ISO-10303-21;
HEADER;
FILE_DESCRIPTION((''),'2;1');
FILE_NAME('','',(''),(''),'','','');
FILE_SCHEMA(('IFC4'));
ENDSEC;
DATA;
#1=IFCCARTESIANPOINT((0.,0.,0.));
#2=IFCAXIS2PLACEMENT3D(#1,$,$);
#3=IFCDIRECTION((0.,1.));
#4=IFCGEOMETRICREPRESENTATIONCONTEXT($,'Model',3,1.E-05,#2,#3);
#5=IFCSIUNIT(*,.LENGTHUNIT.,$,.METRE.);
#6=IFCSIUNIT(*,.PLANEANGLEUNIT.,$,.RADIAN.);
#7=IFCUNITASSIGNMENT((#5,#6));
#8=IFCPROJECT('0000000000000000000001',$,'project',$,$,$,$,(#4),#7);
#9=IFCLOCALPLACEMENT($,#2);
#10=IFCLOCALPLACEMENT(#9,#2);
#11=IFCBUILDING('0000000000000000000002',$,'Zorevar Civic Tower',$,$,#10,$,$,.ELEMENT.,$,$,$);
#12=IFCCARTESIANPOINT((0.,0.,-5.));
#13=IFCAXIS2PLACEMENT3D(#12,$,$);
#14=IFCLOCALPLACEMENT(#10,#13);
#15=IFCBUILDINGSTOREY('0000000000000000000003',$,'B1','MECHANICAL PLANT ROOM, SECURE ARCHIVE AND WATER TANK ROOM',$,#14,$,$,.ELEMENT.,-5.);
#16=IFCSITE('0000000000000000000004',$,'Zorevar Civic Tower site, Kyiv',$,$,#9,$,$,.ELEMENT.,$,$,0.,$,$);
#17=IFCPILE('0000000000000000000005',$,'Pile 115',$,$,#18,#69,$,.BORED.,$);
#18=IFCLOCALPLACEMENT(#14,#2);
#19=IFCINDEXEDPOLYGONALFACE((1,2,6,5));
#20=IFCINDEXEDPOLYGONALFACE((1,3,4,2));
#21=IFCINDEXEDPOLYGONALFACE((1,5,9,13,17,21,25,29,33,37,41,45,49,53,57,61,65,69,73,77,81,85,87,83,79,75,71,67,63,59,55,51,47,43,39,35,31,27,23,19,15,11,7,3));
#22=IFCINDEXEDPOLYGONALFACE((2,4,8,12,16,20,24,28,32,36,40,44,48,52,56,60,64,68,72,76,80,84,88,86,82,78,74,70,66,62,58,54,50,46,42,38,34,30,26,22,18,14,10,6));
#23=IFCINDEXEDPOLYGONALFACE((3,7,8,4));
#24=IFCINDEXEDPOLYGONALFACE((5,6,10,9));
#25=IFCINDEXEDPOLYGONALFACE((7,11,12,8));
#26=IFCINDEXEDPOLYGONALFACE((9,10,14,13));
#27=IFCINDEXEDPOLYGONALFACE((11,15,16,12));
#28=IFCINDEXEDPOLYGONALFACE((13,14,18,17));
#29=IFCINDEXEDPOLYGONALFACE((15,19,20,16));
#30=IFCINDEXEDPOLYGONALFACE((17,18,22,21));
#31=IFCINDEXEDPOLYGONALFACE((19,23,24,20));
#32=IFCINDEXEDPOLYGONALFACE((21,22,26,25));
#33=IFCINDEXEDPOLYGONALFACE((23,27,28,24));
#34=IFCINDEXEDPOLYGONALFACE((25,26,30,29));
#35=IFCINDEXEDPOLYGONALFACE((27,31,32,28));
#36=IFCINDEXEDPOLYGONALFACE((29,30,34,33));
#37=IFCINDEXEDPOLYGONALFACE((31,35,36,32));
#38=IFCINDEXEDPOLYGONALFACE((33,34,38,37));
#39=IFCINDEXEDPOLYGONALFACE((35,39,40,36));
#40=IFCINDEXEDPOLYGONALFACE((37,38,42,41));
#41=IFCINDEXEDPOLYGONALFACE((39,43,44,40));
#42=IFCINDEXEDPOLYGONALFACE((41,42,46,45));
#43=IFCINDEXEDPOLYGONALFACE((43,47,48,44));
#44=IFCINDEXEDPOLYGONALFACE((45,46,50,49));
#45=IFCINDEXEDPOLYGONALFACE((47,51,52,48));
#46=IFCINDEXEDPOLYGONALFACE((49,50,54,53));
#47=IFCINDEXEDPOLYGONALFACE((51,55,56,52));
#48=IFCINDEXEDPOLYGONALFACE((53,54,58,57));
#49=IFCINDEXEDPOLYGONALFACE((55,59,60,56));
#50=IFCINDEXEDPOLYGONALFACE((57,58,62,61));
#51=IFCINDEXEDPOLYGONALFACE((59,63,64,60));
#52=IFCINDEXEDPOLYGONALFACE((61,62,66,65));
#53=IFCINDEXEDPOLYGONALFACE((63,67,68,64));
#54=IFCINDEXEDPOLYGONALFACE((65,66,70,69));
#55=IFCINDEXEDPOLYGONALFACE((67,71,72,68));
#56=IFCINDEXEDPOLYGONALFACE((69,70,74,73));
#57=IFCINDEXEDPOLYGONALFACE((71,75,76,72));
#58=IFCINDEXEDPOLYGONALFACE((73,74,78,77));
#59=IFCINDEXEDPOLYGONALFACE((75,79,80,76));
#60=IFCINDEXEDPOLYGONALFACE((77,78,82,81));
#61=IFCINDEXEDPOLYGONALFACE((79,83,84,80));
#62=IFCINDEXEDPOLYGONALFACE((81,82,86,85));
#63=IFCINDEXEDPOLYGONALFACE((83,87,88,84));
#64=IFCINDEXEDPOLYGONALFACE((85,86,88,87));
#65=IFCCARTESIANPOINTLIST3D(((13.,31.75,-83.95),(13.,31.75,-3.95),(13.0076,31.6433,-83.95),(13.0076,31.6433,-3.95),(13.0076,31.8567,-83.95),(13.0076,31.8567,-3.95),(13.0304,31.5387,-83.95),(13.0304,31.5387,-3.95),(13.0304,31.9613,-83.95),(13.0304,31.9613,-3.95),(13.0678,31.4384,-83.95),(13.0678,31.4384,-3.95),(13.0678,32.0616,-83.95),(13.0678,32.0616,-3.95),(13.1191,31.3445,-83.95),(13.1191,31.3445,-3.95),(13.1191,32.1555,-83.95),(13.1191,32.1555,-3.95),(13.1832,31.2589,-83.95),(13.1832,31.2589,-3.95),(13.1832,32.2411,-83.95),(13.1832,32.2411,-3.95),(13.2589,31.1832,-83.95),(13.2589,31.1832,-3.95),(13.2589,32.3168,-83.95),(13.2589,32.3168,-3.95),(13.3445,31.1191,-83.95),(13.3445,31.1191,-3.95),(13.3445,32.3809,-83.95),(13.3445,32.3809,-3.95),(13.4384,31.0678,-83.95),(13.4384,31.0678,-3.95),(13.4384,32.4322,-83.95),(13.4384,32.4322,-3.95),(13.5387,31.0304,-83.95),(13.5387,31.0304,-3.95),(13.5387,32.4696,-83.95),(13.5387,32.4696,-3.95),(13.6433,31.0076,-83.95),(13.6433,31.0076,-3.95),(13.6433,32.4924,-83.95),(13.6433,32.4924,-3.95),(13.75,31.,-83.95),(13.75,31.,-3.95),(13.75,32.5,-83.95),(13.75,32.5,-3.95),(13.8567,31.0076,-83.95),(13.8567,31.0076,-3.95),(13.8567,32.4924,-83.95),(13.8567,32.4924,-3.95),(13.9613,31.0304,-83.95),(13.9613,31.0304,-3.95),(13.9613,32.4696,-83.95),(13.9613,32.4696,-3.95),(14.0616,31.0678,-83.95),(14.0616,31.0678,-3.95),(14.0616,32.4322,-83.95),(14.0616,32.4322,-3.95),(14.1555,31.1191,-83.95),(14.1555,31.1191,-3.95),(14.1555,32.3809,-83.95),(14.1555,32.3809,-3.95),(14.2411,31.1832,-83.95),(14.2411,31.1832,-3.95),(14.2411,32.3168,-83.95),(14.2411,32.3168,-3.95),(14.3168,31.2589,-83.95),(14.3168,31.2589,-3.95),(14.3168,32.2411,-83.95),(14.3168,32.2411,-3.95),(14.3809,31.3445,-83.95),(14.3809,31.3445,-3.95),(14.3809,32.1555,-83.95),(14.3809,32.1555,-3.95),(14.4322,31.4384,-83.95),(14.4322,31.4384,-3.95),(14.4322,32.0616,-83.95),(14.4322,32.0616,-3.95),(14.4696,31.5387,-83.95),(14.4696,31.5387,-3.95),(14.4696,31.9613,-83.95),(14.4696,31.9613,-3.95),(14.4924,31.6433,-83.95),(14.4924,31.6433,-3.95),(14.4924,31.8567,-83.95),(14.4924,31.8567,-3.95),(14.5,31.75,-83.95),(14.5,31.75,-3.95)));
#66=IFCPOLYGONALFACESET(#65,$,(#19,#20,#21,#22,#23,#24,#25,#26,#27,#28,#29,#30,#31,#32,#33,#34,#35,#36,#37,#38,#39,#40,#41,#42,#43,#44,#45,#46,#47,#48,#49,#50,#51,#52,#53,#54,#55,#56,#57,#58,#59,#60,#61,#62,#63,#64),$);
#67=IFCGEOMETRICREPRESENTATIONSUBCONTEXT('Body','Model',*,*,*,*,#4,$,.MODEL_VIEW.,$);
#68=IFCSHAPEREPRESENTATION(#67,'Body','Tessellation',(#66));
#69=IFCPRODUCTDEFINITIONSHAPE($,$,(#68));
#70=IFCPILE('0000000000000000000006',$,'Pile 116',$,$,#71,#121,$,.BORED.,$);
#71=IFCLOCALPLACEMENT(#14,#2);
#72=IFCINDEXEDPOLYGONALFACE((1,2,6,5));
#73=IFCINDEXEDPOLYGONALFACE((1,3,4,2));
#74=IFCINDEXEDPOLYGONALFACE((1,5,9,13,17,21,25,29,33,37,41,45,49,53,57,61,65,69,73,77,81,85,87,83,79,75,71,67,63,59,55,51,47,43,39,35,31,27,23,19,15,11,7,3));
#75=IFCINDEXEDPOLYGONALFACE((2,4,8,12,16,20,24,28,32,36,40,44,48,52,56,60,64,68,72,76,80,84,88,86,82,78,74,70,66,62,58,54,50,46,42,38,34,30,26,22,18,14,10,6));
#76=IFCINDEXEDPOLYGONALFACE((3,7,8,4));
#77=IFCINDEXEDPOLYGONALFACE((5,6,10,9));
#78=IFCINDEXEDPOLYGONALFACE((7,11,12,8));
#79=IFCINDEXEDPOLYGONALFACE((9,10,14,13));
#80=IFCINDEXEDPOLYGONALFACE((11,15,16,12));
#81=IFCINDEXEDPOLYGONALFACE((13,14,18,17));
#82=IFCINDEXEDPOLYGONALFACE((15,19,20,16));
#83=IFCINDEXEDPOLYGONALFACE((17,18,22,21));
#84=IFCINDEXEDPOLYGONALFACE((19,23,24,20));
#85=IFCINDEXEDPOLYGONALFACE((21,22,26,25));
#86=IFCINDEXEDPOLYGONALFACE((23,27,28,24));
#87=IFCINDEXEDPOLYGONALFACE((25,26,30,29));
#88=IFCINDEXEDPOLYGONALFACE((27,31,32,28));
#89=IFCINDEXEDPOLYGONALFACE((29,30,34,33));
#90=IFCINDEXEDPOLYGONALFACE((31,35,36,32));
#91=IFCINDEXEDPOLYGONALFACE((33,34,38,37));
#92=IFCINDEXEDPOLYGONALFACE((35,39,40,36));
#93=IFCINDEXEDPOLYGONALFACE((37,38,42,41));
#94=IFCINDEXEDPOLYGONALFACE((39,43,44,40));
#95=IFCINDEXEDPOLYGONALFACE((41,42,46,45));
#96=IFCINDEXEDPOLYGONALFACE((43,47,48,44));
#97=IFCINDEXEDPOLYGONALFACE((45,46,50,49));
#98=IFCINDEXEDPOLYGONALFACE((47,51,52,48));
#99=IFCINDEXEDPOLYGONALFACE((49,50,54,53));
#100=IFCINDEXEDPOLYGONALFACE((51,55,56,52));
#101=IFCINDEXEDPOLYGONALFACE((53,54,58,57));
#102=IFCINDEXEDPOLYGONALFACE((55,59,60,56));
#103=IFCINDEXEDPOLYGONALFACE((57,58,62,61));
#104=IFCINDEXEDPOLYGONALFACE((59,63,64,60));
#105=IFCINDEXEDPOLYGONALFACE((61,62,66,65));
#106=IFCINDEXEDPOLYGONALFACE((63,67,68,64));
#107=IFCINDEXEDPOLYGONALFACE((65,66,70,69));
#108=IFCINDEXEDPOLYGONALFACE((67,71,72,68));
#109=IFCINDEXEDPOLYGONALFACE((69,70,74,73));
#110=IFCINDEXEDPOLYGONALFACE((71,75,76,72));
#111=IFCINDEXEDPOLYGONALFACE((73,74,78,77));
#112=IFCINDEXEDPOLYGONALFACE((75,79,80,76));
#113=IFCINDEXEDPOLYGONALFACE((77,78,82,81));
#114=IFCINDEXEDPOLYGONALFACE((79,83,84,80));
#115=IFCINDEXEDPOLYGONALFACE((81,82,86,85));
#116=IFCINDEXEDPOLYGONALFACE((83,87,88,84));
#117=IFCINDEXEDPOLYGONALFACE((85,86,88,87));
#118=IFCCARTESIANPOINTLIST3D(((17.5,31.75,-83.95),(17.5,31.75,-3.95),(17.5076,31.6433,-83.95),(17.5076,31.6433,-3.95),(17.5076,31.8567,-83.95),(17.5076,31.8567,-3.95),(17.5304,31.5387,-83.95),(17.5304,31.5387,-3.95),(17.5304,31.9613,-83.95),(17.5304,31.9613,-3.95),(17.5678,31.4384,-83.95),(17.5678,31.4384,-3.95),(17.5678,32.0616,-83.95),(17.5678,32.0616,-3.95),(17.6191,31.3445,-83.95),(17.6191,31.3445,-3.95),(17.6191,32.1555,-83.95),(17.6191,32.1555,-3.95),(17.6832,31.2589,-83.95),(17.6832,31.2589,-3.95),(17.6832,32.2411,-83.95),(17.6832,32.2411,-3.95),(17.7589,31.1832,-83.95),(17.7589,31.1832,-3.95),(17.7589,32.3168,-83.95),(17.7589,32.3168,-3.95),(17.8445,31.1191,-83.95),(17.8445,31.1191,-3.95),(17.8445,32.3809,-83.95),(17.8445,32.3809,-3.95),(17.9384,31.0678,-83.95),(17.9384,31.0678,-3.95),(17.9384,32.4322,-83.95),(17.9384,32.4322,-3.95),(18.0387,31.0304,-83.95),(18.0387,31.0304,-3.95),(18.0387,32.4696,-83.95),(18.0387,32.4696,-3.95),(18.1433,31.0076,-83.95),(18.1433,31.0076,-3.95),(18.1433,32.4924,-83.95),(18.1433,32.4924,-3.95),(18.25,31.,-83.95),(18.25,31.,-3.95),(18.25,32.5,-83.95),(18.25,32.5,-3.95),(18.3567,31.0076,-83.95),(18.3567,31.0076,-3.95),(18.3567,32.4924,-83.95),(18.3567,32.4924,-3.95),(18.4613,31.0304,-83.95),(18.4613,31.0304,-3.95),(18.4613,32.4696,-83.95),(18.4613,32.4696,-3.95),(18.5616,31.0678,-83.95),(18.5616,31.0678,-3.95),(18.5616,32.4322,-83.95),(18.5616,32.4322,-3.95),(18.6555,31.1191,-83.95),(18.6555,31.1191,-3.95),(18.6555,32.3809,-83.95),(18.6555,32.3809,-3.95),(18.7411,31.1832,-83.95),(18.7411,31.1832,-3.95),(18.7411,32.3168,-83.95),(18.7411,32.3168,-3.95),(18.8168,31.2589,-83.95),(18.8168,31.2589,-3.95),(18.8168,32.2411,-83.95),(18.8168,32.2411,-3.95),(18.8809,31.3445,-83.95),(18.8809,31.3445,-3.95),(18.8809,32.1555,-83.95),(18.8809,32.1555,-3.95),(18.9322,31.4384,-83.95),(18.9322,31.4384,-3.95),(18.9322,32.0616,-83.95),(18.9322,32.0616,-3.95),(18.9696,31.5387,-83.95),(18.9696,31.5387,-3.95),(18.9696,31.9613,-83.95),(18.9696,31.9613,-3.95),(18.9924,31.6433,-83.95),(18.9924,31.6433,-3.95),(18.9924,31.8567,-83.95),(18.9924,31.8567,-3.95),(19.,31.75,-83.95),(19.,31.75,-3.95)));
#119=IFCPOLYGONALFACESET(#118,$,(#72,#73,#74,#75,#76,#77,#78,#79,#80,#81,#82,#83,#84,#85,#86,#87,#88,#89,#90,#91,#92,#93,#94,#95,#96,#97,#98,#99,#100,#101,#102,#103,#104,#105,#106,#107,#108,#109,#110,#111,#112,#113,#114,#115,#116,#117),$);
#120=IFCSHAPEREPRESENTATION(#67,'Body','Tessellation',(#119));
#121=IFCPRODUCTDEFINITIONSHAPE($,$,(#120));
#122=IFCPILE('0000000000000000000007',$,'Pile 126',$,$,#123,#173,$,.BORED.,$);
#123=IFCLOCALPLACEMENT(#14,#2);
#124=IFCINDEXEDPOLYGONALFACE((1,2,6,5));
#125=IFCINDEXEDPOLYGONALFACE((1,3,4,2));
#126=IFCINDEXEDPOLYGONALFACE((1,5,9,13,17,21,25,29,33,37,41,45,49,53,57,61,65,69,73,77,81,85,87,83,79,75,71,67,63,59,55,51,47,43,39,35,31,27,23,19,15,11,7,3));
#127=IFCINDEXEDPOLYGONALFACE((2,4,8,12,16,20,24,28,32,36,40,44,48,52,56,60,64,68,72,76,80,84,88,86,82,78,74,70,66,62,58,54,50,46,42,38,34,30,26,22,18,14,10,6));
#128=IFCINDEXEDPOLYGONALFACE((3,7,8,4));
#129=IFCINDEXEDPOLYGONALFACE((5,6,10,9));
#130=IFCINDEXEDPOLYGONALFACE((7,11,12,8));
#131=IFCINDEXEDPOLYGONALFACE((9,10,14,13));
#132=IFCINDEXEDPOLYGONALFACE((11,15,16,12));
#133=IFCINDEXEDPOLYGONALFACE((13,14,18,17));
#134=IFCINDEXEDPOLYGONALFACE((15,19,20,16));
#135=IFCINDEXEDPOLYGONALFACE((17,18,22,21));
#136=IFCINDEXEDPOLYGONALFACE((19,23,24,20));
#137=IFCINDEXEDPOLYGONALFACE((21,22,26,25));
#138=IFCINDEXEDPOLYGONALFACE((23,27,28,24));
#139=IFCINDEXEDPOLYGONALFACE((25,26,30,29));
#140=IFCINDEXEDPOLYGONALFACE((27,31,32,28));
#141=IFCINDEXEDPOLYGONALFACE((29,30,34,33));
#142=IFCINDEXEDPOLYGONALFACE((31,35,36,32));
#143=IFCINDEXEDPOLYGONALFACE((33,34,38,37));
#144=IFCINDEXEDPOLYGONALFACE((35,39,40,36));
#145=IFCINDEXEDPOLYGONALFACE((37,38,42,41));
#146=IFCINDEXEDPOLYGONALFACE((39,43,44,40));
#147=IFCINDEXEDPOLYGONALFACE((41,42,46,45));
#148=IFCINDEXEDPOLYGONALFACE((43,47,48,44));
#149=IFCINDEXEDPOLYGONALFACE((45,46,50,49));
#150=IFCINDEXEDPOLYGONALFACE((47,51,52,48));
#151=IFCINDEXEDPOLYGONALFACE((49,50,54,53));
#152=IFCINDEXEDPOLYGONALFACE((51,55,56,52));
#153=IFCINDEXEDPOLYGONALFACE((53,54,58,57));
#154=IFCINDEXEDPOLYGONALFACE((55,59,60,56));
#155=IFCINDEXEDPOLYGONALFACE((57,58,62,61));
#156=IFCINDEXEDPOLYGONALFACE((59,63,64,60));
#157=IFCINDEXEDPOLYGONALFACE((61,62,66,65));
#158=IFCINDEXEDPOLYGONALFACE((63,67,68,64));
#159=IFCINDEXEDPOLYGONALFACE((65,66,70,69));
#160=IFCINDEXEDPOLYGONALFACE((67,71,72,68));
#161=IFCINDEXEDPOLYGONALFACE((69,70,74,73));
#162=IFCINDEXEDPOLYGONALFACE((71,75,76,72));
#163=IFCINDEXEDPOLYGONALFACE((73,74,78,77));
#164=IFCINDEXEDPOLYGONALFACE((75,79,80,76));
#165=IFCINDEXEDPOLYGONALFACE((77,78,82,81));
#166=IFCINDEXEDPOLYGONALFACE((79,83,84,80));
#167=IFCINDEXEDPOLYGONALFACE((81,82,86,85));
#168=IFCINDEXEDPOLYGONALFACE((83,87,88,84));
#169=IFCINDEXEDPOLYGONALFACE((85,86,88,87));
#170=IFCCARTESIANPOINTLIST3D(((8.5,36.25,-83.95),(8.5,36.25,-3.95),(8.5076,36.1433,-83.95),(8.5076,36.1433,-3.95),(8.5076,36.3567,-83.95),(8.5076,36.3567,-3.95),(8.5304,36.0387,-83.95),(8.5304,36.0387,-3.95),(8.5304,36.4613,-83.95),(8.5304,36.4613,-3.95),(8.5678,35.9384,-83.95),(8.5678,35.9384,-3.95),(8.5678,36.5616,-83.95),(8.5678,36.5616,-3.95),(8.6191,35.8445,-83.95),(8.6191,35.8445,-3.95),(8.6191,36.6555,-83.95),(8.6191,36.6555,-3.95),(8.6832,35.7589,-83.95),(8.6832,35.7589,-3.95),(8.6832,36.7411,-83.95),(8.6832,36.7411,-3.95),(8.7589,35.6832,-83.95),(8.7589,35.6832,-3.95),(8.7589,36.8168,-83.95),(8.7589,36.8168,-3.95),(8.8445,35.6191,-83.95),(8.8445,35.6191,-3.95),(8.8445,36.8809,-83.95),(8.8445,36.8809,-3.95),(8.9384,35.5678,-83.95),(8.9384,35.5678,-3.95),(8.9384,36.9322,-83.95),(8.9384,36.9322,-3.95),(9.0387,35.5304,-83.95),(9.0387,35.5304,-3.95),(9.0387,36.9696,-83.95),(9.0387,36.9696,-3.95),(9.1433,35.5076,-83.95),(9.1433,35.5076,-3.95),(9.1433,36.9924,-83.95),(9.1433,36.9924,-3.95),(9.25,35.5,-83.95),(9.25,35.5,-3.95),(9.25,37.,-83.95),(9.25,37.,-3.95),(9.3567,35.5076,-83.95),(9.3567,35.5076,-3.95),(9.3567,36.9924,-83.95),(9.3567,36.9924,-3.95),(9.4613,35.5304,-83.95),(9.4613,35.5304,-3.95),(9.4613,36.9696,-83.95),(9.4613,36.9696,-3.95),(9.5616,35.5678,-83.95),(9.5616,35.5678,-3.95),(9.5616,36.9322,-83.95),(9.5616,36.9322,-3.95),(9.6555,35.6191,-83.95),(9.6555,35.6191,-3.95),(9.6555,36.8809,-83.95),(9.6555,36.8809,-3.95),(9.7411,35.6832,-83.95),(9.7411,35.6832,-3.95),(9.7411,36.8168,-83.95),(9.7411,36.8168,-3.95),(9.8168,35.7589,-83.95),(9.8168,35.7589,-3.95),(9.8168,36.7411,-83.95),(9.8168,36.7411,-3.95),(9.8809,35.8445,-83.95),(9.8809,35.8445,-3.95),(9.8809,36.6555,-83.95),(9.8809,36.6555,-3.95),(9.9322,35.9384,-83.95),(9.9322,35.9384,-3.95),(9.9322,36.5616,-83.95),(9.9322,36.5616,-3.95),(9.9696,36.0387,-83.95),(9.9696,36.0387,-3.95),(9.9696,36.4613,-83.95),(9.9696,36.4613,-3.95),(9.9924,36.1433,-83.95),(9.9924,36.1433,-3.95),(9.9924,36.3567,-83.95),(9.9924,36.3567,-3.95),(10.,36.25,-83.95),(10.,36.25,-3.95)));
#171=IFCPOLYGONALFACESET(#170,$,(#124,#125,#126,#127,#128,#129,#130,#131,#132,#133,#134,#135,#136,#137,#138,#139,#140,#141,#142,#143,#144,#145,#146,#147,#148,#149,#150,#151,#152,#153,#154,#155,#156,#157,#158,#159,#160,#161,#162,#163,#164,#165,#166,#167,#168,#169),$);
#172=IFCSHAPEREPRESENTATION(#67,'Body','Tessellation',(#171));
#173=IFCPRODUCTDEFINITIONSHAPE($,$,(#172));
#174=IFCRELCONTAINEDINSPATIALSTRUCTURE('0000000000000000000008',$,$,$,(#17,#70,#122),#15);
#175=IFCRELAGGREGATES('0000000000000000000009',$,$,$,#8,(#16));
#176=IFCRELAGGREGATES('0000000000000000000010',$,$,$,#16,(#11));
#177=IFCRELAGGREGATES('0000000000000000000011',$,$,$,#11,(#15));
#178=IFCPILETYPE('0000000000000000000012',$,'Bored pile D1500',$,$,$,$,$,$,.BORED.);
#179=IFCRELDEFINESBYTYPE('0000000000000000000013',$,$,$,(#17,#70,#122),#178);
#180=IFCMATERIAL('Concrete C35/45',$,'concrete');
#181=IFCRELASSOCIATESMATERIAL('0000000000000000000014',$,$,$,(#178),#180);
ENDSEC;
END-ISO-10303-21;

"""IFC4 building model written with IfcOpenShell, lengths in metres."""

from ifc_helpers import new_model, si_unit, direction, frame, origin, origin_2d, place, context, subcontext, project, spatial, circle, extrude, material, type_object, element, save


model = new_model("IFC4")

# Units and contexts
model_context = context("Model", 3, precision=1e-05, world=origin(), true_north=direction((0.0, 1.0)))
body_context = subcontext(model_context, "Body", "Model", "MODEL_VIEW")
ifc_project = project(units=[si_unit("LENGTHUNIT", "METRE"), si_unit("PLANEANGLEUNIT", "RADIAN")], contexts=[model_context])

# Site, building, storey
site_placement = place(None, origin())
site = spatial("IfcSite", under=ifc_project, at=site_placement, Name="Zorevar Civic Tower site, Kyiv", CompositionType="ELEMENT", RefElevation=0.0)
building_placement = place(site_placement, origin())
building = spatial("IfcBuilding", under=site, at=building_placement, Name="Zorevar Civic Tower", CompositionType="ELEMENT")
storey_placement = place(building_placement, frame((0.0, 0.0, -5.0)))
storey = spatial("IfcBuildingStorey", under=building, at=storey_placement, Name="B1", Description="MECHANICAL PLANT ROOM, SECURE ARCHIVE AND WATER TANK ROOM", CompositionType="ELEMENT", Elevation=-5.0)

# Piles
ifc_material_1 = material(Name="Concrete C35/45", Category="concrete")
pile_type = type_object("IfcPileType", Name="Bored pile D1500", PredefinedType="BORED", material=ifc_material_1)
for number, where, z_axis, x_axis, name in (
    (1, (13.75, 31.75, -3.95), (0.0, 0.0, -1.0), (1.0, 0.0, 0.0), "Pile 115"),
    (2, (18.25, 31.75, -3.95), (0.0, 0.0, -1.0), (1.0, 0.0, 0.0), "Pile 116"),
    (3, (9.25, 36.25, -3.95), (0.0, 0.0, -1.0), (1.0, 0.0, 0.0), "Pile 126"),
):
    element("IfcPile", number, at=place(storey_placement, frame(where, z_axis=z_axis, x_axis=x_axis)), inside=storey, type_object=pile_type, Name=name, PredefinedType="BORED", context=body_context, shape_type="SweptSolid", body=[
        extrude(circle(Radius=0.75, at=origin_2d()), origin(), (0.0, 0.0, 1.0), 80.0),
    ])

save(model, "model.ifc")
